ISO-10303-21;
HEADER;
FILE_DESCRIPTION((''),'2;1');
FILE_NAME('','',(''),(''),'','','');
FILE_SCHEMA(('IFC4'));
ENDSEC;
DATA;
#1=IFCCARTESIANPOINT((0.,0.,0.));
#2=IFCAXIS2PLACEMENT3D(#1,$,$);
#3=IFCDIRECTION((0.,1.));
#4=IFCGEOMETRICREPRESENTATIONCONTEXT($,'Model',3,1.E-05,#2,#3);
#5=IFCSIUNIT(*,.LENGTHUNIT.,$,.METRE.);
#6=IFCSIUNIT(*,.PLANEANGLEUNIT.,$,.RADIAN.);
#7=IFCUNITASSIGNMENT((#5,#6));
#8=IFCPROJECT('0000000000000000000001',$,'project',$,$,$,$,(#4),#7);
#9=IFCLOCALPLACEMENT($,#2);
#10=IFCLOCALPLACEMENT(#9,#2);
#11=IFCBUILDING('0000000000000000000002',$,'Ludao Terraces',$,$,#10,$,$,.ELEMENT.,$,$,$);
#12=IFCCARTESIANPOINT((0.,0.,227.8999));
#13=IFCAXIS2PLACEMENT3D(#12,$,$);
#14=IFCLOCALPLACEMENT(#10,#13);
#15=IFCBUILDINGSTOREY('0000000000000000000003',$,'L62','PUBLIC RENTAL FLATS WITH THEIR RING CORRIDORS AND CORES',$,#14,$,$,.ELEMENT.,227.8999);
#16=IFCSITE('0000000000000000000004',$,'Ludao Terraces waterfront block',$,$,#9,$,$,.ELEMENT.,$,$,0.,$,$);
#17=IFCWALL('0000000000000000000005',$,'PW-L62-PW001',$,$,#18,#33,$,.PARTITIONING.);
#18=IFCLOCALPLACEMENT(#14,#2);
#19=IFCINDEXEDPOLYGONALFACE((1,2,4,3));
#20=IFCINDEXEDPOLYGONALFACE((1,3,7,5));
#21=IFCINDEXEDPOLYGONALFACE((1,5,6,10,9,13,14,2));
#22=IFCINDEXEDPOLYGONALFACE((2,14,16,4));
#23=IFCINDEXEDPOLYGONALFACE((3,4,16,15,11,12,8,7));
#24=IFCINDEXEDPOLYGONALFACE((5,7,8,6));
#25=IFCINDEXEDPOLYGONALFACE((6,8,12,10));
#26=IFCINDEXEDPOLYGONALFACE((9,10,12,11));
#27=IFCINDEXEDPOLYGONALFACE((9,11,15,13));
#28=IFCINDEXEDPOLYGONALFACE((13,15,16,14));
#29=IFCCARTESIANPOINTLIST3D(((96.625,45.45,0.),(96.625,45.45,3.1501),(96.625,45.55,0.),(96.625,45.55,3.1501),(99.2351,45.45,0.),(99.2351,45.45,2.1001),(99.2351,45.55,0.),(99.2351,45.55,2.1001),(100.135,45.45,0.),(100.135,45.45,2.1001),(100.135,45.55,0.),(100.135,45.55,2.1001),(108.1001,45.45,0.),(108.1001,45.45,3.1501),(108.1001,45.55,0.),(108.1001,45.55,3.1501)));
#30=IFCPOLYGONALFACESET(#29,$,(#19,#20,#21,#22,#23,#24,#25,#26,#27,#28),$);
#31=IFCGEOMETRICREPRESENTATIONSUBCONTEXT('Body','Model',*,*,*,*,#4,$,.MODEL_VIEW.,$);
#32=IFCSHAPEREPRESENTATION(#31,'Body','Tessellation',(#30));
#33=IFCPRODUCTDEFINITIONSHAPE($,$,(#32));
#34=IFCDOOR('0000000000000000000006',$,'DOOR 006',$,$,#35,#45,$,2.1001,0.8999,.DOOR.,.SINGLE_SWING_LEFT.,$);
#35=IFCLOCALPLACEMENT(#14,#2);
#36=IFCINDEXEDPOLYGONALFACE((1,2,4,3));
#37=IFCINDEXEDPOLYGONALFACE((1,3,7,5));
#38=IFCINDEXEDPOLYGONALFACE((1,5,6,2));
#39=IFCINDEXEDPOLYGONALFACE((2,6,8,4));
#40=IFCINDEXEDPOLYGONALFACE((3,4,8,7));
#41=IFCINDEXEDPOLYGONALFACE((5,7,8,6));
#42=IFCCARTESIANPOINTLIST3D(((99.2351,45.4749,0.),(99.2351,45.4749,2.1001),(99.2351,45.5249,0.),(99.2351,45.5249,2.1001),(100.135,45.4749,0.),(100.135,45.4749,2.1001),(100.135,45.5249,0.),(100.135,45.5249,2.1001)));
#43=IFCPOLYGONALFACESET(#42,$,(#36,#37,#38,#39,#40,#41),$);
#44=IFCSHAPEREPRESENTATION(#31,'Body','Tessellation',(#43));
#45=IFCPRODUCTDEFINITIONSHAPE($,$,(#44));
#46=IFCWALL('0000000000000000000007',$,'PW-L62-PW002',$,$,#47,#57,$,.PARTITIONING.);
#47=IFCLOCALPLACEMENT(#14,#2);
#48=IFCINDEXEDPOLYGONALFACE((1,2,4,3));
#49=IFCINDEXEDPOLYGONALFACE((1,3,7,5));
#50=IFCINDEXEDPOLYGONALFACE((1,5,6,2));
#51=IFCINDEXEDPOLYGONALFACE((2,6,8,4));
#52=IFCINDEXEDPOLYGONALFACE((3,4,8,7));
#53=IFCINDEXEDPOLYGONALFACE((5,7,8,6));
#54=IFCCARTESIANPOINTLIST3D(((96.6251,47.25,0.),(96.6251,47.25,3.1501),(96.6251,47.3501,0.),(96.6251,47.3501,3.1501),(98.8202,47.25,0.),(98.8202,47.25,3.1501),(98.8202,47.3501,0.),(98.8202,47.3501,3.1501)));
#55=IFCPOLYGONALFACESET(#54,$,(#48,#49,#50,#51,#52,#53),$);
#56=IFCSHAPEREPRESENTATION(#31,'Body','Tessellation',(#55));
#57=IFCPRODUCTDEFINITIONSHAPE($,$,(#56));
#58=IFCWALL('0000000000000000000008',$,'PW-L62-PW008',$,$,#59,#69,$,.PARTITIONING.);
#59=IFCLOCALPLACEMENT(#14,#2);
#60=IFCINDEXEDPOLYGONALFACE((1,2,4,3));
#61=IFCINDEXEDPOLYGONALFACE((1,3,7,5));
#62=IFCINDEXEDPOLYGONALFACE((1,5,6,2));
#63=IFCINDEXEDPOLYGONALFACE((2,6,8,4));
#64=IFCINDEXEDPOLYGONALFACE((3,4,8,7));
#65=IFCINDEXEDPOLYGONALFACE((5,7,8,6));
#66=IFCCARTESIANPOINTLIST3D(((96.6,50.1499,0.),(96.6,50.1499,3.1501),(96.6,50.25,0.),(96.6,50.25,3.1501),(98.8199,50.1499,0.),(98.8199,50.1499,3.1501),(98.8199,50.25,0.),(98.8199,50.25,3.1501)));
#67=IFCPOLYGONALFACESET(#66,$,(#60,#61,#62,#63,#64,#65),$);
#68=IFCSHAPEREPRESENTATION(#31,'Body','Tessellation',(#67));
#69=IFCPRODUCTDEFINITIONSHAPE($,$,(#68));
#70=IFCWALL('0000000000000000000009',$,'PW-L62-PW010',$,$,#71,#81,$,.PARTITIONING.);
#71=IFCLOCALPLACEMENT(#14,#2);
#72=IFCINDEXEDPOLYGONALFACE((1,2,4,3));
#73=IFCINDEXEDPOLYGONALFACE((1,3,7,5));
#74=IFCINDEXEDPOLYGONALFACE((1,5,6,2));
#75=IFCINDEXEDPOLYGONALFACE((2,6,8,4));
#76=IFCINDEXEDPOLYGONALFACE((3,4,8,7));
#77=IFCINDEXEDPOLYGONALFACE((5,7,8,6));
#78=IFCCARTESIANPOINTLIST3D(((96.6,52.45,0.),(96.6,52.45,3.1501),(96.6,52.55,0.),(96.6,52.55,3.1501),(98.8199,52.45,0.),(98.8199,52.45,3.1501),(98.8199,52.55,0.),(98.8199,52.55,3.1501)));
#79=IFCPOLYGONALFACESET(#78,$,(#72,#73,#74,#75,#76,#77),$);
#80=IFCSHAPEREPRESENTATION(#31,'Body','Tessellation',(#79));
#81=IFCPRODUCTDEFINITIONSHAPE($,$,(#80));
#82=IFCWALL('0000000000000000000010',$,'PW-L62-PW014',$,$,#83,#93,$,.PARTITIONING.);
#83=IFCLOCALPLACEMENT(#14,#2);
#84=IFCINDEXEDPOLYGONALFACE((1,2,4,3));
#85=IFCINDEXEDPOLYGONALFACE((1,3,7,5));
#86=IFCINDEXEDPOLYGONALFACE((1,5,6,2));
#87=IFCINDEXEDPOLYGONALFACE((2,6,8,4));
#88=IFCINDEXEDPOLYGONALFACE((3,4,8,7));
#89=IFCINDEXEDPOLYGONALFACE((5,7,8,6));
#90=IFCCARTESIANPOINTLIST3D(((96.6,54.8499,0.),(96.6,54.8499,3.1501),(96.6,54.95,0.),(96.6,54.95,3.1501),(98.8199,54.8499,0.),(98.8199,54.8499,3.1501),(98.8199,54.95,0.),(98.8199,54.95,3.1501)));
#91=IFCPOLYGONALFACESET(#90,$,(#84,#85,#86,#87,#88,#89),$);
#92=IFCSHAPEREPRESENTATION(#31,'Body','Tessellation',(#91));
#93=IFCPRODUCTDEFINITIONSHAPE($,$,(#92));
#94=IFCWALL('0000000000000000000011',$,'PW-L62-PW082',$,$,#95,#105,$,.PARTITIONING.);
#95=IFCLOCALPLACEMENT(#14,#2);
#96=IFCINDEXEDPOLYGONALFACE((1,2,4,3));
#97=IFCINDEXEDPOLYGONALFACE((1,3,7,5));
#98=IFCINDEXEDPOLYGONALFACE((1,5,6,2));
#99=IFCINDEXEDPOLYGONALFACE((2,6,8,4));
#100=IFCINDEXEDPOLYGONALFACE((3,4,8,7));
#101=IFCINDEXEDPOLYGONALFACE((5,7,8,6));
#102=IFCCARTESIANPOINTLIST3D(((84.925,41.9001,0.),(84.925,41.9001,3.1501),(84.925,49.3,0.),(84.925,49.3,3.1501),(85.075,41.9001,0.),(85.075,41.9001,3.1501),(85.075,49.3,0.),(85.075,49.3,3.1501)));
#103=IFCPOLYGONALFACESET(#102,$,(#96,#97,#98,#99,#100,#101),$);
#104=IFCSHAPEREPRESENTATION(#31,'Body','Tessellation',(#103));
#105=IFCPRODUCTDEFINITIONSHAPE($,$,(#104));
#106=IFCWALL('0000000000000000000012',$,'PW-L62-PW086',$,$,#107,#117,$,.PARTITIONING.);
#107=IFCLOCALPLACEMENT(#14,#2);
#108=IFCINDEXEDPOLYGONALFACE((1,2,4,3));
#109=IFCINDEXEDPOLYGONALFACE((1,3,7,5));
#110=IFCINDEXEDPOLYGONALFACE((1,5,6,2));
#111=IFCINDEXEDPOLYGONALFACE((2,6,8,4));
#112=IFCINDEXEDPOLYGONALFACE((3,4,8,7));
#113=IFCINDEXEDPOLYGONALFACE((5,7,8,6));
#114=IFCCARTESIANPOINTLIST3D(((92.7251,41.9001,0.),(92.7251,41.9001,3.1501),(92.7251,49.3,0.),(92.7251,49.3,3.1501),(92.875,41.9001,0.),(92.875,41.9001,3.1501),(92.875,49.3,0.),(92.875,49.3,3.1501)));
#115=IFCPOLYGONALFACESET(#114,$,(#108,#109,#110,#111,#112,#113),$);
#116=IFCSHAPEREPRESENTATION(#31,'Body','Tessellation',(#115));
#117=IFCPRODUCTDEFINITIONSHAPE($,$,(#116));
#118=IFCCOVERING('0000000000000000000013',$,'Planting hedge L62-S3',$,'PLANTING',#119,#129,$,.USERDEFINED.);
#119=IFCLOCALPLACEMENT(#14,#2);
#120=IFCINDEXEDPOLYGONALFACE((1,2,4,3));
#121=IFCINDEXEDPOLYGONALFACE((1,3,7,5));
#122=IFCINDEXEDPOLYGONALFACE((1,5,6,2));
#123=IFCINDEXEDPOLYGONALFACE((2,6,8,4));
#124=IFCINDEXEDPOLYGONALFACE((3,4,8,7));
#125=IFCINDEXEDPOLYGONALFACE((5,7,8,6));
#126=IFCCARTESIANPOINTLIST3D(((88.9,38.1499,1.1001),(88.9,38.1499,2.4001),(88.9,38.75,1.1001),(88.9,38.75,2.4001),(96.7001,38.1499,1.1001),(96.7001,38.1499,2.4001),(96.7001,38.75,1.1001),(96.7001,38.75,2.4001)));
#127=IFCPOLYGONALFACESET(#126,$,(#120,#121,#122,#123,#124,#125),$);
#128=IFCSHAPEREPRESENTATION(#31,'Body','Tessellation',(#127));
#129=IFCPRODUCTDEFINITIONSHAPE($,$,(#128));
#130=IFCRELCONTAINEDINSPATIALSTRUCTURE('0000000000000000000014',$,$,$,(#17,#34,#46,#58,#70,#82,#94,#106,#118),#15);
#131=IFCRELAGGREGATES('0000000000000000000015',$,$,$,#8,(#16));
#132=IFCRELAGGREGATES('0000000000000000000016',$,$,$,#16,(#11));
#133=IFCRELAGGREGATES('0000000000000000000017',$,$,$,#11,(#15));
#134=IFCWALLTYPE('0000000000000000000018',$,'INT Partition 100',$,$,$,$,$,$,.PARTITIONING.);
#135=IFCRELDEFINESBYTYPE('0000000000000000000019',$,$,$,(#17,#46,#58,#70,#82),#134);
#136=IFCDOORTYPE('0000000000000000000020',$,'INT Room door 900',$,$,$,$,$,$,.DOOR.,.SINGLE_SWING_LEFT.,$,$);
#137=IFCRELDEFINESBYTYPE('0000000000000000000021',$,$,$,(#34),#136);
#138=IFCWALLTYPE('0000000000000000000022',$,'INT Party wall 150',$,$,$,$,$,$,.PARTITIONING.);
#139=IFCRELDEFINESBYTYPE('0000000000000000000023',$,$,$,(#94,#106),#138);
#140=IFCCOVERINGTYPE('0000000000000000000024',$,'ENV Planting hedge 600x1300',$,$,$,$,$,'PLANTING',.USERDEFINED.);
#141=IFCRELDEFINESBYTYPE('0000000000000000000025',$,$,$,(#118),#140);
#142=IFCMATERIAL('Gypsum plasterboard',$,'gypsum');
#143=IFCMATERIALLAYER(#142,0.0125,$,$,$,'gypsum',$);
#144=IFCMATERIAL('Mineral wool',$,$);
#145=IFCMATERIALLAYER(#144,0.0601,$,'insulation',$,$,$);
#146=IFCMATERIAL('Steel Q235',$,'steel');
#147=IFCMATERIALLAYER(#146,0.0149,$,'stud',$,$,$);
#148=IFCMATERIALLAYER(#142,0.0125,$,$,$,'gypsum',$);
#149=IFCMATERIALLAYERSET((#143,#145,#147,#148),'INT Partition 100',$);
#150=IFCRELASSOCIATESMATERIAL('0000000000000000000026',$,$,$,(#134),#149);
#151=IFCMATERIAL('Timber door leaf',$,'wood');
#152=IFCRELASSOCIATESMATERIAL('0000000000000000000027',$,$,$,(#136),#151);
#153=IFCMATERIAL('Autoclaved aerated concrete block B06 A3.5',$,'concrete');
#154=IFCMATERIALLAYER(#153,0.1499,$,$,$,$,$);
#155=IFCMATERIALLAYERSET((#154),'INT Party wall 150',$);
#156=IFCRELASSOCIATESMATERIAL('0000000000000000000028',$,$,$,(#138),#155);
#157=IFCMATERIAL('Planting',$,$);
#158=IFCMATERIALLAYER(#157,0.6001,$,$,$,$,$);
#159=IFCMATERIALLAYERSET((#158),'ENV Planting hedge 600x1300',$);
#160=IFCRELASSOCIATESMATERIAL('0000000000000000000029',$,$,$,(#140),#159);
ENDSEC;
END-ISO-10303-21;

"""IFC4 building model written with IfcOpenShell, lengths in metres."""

from ifc_helpers import new_model, si_unit, direction, frame, frame_2d, origin, origin_2d, place, context, subcontext, project, spatial, rectangle, extrude, material, layer, layer_set, type_object, element, fill, save


model = new_model("IFC4")

# Units and contexts
model_context = context("Model", 3, precision=1e-05, world=origin(), true_north=direction((0.0, 1.0)))
body_context = subcontext(model_context, "Body", "Model", "MODEL_VIEW")
ifc_project = project(units=[si_unit("LENGTHUNIT", "METRE"), si_unit("PLANEANGLEUNIT", "RADIAN")], contexts=[model_context])

# Site, building, storey
site_placement = place(None, origin())
site = spatial("IfcSite", under=ifc_project, at=site_placement, Name="Ludao Terraces waterfront block", CompositionType="ELEMENT", RefElevation=0.0)
building_placement = place(site_placement, origin())
building = spatial("IfcBuilding", under=site, at=building_placement, Name="Ludao Terraces", CompositionType="ELEMENT")
storey_placement = place(building_placement, frame((0.0, 0.0, 227.8999)))
storey = spatial("IfcBuildingStorey", under=building, at=storey_placement, Name="L62", Description="PUBLIC RENTAL FLATS WITH THEIR RING CORRIDORS AND CORES", CompositionType="ELEMENT", Elevation=227.8999)

# Shared definitions
ifc_material_1 = material(Name="Steel Q235", Category="steel")

# Shared definitions
ifc_material_2 = material(Name="Mineral wool")

# Wall, opening, door
ifc_material_3 = material(Name="Gypsum plasterboard", Category="gypsum")
ifc_layer_1 = layer(ifc_material_3, 0.0125, Category="gypsum")
ifc_layer_2 = layer(ifc_material_2, 0.0601, Name="insulation")
ifc_layer_3 = layer(ifc_material_1, 0.0149, Name="stud")
ifc_layer_4 = layer(ifc_material_3, 0.0125, Category="gypsum")
ifc_layer_set_1 = layer_set([ifc_layer_1, ifc_layer_2, ifc_layer_3, ifc_layer_4], Name="INT Partition 100")
wall_type_1 = type_object("IfcWallType", Name="INT Partition 100", PredefinedType="PARTITIONING", material=ifc_layer_set_1)
wall_1_placement = place(storey_placement, frame((96.625, 45.5, 0.0), z_axis=(0.0, 0.0, 1.0), x_axis=(1.0, 0.0, 0.0)))
wall_1 = element("IfcWall", 1, at=wall_1_placement, inside=storey, type_object=wall_type_1, Name="PW-L62-PW001", PredefinedType="PARTITIONING", context=body_context, shape_type="SweptSolid", body=[
    extrude(rectangle(XDim=11.4751, YDim=0.1001, at=frame_2d((5.7375, 0.0))), origin(), (0.0, 0.0, 1.0), 3.1501),
])
opening_1_placement = place(wall_1_placement, frame((2.6101, 0.0, 0.0)))
opening_1 = element("IfcOpeningElement", 2, at=opening_1_placement, cuts=wall_1, PredefinedType="OPENING", context=body_context, shape_type="SweptSolid", body=[
    extrude(rectangle(XDim=0.8999, YDim=2.1001, at=frame_2d((0.45, 1.05))), frame((0.0, 0.0601, 0.0), z_axis=(0.0, -1.0, 0.0), x_axis=(1.0, 0.0, 0.0)), (0.0, 0.0, 1.0), 0.1201),
])
ifc_material_4 = material(Name="Timber door leaf", Category="wood")
door_type_1 = type_object("IfcDoorType", Name="INT Room door 900", OperationType="SINGLE_SWING_LEFT", PredefinedType="DOOR", material=ifc_material_4)
door_1_placement = place(opening_1_placement, origin())
door_1 = element("IfcDoor", 3, at=door_1_placement, inside=storey, type_object=door_type_1, Name="DOOR 006", OperationType="SINGLE_SWING_LEFT", OverallHeight=2.1001, OverallWidth=0.8999, PredefinedType="DOOR", context=body_context, shape_type="SweptSolid", body=[
    extrude(rectangle(XDim=0.8999, YDim=2.1001, at=frame_2d((0.45, 1.05))), frame((0.0, 0.0249, 0.0), z_axis=(0.0, -1.0, 0.0), x_axis=(1.0, 0.0, 0.0)), (0.0, 0.0, 1.0), 0.05),
])
fill(opening_1, door_1)

# Walls
wall_2_placement = place(storey_placement, frame((96.625, 47.3, 0.0), z_axis=(0.0, 0.0, 1.0), x_axis=(1.0, 0.0, 0.0)))
element("IfcWall", 4, at=wall_2_placement, inside=storey, type_object=wall_type_1, Name="PW-L62-PW002", PredefinedType="PARTITIONING", context=body_context, shape_type="SweptSolid", body=[
    extrude(rectangle(XDim=2.1951, YDim=0.1001, at=frame_2d((1.0977, 0.0))), origin(), (0.0, 0.0, 1.0), 3.1501),
])
for number, where, z_axis, x_axis, name in (
    (5, (96.6001, 50.2, 0.0), (0.0, 0.0, 1.0), (1.0, 0.0, 0.0), "PW-L62-PW008"),
    (6, (96.6001, 52.5, 0.0), (0.0, 0.0, 1.0), (1.0, 0.0, 0.0), "PW-L62-PW010"),
    (7, (96.6001, 54.8999, 0.0), (0.0, 0.0, 1.0), (1.0, 0.0, 0.0), "PW-L62-PW014"),
):
    element("IfcWall", number, at=place(storey_placement, frame(where, z_axis=z_axis, x_axis=x_axis)), inside=storey, type_object=wall_type_1, Name=name, PredefinedType="PARTITIONING", context=body_context, shape_type="SweptSolid", body=[
        extrude(rectangle(XDim=2.22, YDim=0.1001, at=frame_2d((1.1099, 0.0))), origin(), (0.0, 0.0, 1.0), 3.1501),
    ])
ifc_material_5 = material(Name="Autoclaved aerated concrete block B06 A3.5", Category="concrete")
ifc_layer_5 = layer(ifc_material_5, 0.1499)
ifc_layer_set_2 = layer_set([ifc_layer_5], Name="INT Party wall 150")
wall_type_2 = type_object("IfcWallType", Name="INT Party wall 150", PredefinedType="PARTITIONING", material=ifc_layer_set_2)
for number, where, z_axis, x_axis, name in (
    (8, (85.0, 41.9001, 0.0), (0.0, 0.0, 1.0), (0.0, 1.0, 0.0), "PW-L62-PW082"),
    (9, (92.8, 41.9001, 0.0), (0.0, 0.0, 1.0), (0.0, 1.0, 0.0), "PW-L62-PW086"),
):
    element("IfcWall", number, at=place(storey_placement, frame(where, z_axis=z_axis, x_axis=x_axis)), inside=storey, type_object=wall_type_2, Name=name, PredefinedType="PARTITIONING", context=body_context, shape_type="SweptSolid", body=[
        extrude(rectangle(XDim=7.3999, YDim=0.1499, at=frame_2d((3.7, 0.0))), origin(), (0.0, 0.0, 1.0), 3.1501),
    ])

# Covering
ifc_material_6 = material(Name="Planting")
ifc_layer_6 = layer(ifc_material_6, 0.6001)
ifc_layer_set_3 = layer_set([ifc_layer_6], Name="ENV Planting hedge 600x1300")
covering_type = type_object("IfcCoveringType", Name="ENV Planting hedge 600x1300", ElementType="PLANTING", PredefinedType="USERDEFINED", material=ifc_layer_set_3)
covering_placement = place(storey_placement, frame((92.8, 38.45, 1.1001), z_axis=(0.0, 0.0, 1.0), x_axis=(1.0, 0.0, 0.0)))
element("IfcCovering", 10, at=covering_placement, inside=storey, type_object=covering_type, Name="Planting hedge L62-S3", ObjectType="PLANTING", PredefinedType="USERDEFINED", context=body_context, shape_type="SweptSolid", body=[
    extrude(rectangle(XDim=7.8, YDim=0.6001, at=origin_2d()), origin(), (0.0, 0.0, 1.0), 1.3),
])

save(model, "model.ifc")
